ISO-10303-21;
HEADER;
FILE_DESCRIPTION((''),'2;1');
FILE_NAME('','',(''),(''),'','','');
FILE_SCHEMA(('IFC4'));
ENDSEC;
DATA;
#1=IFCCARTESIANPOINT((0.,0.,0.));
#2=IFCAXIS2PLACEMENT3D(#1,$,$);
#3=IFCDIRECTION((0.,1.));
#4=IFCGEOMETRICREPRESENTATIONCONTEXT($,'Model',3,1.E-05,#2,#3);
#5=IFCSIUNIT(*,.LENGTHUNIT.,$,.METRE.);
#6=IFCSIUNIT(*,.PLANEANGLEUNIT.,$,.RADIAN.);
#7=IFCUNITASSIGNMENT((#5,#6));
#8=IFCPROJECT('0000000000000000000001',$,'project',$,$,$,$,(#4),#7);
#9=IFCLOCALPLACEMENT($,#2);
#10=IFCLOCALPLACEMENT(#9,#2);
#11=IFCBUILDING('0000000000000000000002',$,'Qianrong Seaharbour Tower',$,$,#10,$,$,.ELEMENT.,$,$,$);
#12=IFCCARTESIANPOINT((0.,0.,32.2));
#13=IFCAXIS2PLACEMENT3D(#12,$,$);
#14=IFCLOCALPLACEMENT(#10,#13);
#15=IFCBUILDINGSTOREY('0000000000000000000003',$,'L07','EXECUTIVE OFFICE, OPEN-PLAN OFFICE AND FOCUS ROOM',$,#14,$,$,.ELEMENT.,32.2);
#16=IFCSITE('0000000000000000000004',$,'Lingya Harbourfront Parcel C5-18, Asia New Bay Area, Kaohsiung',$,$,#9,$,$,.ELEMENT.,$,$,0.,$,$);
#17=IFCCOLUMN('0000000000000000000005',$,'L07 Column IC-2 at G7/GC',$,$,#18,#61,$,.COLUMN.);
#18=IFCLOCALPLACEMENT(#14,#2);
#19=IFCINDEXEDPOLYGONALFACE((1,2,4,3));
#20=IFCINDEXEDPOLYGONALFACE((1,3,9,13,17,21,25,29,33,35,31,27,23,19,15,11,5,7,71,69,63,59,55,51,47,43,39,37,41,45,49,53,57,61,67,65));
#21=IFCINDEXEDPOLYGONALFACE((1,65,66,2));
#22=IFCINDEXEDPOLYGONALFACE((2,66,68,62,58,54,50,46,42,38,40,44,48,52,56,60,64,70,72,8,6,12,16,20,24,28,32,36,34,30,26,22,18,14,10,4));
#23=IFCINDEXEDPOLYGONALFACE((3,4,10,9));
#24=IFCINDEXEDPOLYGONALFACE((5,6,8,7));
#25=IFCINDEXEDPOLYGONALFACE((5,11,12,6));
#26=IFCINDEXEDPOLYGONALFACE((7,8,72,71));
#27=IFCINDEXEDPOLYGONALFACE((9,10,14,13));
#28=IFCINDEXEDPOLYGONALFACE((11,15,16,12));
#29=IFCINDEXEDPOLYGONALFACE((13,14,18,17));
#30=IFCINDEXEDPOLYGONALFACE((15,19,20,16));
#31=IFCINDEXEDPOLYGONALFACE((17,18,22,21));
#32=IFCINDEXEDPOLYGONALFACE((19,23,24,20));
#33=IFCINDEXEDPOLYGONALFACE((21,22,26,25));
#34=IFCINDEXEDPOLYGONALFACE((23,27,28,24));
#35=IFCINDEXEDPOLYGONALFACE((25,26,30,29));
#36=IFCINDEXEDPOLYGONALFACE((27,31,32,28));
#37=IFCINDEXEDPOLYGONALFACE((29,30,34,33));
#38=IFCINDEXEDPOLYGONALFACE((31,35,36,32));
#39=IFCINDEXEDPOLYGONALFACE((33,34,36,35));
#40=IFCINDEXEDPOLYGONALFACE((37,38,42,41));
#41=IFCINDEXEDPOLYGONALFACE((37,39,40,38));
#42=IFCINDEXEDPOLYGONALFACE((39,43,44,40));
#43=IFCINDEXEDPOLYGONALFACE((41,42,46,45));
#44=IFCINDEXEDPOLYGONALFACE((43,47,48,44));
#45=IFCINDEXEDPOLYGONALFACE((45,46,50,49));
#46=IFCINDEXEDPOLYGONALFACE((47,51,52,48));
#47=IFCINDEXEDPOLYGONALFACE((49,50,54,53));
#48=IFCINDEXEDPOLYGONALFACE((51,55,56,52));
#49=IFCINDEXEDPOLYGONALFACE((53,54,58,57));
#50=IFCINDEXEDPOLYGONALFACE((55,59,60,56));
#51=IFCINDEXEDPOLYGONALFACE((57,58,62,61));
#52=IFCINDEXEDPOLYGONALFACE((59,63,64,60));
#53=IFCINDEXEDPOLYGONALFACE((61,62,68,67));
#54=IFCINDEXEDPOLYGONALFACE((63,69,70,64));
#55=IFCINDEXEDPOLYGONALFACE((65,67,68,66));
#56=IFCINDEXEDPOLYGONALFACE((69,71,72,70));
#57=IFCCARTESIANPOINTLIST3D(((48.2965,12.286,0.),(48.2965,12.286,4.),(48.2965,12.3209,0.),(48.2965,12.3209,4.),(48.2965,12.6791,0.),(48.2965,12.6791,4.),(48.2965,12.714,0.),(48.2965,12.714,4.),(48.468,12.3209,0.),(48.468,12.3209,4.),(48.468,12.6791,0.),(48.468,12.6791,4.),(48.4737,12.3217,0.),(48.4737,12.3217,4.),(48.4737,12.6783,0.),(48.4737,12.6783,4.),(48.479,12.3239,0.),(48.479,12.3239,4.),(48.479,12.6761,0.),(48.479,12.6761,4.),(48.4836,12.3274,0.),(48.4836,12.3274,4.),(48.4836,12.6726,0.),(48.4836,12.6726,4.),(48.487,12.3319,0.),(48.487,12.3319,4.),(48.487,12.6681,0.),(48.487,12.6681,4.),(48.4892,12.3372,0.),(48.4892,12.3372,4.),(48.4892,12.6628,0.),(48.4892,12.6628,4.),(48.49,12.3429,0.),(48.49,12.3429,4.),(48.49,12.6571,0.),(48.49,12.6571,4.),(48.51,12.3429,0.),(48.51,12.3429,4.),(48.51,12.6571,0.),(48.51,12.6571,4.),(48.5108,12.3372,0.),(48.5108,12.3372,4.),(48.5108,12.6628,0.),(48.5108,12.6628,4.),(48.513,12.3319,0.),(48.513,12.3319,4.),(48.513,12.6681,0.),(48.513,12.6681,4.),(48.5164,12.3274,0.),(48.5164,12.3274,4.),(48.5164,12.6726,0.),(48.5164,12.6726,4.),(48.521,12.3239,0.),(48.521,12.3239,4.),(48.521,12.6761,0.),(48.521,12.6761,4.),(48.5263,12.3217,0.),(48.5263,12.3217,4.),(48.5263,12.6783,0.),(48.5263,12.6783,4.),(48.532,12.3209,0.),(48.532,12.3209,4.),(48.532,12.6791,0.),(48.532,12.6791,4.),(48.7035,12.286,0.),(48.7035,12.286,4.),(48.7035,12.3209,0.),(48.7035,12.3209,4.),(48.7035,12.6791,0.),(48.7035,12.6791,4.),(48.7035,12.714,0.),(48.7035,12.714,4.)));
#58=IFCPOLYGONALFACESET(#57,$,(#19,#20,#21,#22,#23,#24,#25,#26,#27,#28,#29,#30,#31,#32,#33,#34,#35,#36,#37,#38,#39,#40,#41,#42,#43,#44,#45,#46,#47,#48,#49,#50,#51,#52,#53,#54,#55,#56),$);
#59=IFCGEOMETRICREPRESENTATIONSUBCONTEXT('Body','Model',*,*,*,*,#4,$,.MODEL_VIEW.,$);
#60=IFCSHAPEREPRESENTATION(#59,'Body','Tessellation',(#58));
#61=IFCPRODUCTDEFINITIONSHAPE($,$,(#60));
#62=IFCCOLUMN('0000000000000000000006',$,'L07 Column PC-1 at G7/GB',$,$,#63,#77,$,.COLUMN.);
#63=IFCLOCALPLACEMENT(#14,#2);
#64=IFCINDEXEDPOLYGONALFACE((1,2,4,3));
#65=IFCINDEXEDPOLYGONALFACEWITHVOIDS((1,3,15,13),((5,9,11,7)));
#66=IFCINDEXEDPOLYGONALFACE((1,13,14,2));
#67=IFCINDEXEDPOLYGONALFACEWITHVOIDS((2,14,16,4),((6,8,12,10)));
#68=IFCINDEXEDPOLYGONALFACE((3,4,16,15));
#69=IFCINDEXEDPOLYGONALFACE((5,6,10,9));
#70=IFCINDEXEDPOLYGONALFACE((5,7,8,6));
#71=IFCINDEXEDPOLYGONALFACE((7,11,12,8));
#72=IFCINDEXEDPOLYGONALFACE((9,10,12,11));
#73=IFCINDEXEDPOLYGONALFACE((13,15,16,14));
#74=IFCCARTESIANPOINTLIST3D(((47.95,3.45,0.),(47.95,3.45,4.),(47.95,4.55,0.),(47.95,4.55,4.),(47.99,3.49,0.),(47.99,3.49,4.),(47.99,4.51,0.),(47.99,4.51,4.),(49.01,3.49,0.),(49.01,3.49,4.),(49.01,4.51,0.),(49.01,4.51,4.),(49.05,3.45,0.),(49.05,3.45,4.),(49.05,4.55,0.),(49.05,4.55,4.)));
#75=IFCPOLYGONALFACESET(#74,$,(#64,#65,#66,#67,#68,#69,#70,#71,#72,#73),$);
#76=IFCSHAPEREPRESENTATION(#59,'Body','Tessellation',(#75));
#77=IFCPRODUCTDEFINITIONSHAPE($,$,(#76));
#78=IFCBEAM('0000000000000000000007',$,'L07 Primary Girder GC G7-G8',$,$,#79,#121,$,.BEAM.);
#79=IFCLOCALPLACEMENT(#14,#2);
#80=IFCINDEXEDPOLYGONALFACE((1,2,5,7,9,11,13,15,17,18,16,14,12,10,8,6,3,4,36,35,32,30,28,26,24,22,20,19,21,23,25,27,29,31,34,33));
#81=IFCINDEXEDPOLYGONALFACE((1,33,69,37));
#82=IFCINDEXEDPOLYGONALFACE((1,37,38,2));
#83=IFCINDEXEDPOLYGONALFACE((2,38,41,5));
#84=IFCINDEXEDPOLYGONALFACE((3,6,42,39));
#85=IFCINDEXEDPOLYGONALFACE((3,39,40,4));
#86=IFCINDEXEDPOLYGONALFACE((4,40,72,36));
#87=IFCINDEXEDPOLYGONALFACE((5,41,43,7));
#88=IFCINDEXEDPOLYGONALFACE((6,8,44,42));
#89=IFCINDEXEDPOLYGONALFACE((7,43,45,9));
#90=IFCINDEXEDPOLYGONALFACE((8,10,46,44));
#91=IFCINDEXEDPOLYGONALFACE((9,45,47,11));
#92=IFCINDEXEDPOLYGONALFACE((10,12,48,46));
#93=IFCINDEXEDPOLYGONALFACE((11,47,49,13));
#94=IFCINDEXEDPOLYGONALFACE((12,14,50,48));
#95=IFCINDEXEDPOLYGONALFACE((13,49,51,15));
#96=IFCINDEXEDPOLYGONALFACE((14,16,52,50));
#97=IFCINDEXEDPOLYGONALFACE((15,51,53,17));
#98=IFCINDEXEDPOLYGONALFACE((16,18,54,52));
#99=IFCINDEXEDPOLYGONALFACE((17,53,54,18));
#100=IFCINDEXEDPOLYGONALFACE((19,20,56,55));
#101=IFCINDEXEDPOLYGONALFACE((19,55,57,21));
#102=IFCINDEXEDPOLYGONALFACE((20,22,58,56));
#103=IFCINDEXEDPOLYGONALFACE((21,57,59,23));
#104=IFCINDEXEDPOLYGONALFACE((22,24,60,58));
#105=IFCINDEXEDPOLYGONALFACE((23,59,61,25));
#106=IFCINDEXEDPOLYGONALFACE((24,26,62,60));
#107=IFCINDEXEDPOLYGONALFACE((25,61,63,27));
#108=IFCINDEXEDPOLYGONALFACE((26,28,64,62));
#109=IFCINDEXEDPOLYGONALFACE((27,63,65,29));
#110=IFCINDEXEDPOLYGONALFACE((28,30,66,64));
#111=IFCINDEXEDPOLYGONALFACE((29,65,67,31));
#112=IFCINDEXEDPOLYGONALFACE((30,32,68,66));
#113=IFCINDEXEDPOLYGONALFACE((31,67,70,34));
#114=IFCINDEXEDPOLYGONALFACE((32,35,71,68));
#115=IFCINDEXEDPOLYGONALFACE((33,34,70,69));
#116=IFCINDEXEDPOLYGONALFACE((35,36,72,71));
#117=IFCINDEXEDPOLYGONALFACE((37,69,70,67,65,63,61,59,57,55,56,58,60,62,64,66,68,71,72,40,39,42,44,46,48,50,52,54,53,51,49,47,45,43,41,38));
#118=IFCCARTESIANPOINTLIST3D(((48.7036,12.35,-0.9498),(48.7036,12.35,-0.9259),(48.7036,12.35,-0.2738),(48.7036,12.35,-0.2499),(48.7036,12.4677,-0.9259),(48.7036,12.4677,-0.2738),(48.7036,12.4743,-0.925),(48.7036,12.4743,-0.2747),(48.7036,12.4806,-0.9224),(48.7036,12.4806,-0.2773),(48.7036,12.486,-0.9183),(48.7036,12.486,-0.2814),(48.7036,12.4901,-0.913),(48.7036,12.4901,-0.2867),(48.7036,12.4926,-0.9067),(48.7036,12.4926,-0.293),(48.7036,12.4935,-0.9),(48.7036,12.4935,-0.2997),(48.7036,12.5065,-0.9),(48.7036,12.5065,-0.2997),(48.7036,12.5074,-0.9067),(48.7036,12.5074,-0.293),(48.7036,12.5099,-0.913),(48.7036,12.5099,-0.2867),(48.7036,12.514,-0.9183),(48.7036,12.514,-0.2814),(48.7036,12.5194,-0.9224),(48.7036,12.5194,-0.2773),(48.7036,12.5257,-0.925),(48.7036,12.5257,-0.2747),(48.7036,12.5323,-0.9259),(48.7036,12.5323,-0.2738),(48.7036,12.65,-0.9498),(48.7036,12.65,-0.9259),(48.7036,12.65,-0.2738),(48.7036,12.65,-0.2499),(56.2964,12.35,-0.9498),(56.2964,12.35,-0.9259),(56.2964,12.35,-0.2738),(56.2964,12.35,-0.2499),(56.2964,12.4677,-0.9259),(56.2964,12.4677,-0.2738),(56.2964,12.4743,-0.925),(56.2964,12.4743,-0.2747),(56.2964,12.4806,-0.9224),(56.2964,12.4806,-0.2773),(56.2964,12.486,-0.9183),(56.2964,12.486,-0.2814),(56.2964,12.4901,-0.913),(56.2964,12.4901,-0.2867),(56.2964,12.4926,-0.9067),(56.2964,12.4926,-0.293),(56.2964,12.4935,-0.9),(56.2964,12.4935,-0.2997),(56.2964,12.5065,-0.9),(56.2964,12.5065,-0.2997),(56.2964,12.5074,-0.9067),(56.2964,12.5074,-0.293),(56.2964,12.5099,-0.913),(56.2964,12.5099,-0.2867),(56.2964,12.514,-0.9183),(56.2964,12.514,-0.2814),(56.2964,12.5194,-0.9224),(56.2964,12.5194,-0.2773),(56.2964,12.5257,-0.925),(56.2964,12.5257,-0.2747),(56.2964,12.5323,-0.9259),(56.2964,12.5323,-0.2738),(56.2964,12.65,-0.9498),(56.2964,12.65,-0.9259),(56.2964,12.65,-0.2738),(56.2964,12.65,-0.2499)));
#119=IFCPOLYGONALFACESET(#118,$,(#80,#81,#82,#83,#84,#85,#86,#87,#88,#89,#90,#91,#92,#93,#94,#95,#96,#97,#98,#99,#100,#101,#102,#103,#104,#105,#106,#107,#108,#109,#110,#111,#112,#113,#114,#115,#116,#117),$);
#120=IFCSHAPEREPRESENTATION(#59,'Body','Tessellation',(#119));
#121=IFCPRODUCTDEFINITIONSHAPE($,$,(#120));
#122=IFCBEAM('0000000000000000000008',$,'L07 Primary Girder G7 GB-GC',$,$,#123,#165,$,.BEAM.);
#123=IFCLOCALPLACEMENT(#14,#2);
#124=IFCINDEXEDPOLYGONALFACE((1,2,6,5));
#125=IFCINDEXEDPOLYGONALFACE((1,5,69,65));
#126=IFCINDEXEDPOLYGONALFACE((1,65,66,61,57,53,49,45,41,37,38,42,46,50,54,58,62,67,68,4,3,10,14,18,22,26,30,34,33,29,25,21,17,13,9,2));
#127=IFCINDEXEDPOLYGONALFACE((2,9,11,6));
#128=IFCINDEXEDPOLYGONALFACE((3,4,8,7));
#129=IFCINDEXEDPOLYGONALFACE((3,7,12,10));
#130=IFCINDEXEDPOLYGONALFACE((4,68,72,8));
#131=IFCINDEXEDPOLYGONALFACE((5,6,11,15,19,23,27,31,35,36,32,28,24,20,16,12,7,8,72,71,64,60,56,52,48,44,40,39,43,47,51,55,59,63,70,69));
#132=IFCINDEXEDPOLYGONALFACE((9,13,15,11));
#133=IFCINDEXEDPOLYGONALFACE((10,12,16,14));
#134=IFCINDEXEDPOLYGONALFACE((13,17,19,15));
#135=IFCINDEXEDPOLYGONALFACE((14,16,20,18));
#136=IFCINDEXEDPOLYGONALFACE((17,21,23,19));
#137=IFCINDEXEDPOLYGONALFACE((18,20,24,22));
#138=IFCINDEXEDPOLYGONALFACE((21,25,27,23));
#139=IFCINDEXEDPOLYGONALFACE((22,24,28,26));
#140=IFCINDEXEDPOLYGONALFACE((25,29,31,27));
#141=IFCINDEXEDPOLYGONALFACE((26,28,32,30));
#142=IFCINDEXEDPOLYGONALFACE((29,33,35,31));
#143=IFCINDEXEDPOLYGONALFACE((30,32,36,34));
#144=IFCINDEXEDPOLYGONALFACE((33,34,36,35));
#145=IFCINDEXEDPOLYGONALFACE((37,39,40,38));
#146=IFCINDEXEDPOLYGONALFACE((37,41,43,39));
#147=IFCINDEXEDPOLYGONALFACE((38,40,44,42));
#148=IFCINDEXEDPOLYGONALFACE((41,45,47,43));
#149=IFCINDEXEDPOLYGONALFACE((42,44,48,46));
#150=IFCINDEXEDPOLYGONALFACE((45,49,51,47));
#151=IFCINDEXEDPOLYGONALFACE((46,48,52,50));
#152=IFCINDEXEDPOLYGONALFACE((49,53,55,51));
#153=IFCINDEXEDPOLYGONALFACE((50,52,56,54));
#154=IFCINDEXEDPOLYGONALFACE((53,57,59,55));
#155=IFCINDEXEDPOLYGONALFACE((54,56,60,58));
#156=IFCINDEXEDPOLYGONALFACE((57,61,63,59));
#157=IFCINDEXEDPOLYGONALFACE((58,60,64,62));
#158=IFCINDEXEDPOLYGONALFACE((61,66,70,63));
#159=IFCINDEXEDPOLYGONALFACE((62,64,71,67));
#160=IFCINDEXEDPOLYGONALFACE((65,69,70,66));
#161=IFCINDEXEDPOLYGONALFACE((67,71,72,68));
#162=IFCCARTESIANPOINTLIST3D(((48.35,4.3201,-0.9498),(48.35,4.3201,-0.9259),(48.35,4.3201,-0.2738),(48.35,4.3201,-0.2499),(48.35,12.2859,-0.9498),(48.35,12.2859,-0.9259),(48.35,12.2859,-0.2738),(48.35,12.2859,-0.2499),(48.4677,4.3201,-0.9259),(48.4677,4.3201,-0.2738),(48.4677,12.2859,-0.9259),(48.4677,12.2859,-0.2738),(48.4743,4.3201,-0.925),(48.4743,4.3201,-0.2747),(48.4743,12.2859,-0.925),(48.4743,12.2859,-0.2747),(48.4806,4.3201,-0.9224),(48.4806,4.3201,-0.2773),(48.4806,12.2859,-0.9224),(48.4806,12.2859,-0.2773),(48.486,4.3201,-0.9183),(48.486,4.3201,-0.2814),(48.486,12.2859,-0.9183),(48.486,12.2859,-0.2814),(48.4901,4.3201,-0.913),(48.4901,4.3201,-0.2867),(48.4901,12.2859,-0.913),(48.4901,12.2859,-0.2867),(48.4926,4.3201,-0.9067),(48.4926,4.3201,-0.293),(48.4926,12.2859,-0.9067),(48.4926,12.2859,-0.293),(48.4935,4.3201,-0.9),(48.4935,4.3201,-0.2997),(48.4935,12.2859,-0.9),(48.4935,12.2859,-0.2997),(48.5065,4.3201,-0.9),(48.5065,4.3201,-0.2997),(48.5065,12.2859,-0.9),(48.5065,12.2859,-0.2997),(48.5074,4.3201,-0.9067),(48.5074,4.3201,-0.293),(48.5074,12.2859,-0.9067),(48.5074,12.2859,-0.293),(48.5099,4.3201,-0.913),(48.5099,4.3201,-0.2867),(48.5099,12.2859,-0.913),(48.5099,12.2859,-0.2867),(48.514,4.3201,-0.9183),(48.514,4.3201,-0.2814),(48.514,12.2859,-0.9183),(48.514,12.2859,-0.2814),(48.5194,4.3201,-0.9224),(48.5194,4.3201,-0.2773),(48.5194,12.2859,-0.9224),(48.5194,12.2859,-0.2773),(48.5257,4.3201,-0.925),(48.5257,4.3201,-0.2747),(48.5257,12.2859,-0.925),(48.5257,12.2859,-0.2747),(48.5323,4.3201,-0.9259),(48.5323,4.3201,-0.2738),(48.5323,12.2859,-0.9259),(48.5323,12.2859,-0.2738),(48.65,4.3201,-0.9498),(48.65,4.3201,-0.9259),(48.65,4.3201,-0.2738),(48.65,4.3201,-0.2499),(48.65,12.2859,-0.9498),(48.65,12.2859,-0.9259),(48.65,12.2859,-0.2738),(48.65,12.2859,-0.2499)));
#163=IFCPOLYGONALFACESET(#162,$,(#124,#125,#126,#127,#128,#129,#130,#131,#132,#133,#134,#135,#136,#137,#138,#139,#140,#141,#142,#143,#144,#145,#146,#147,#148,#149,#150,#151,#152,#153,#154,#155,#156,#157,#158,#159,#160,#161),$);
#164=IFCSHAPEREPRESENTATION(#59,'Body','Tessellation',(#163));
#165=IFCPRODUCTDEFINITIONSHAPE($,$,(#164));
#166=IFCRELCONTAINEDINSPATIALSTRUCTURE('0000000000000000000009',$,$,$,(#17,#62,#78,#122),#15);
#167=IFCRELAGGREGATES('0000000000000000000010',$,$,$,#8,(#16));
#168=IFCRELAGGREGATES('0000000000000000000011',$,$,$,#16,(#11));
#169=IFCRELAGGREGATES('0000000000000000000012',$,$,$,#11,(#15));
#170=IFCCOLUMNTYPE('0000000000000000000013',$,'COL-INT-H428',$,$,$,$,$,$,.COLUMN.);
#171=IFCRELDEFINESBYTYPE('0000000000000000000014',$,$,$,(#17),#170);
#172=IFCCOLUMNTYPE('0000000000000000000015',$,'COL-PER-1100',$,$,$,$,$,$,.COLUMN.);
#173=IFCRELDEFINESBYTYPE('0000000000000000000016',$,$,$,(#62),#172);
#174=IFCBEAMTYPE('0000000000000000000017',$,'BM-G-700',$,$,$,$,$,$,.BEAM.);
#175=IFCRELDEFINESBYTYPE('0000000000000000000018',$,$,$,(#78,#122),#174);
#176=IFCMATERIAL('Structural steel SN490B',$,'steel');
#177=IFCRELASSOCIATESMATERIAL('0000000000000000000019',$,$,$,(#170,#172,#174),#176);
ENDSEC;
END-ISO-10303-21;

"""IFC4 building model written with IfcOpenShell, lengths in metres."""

from ifc_helpers import new_model, si_unit, direction, frame, origin, origin_2d, place, context, subcontext, project, spatial, hollow_rectangle, i_section, extrude, material, material_profile, profile_set, type_object, element, save


model = new_model("IFC4")

# Units and contexts
model_context = context("Model", 3, precision=1e-05, world=origin(), true_north=direction((0.0, 1.0)))
body_context = subcontext(model_context, "Body", "Model", "MODEL_VIEW")
ifc_project = project(units=[si_unit("LENGTHUNIT", "METRE"), si_unit("PLANEANGLEUNIT", "RADIAN")], contexts=[model_context])

# Site, building, storey
site_placement = place(None, origin())
site = spatial("IfcSite", under=ifc_project, at=site_placement, Name="Lingya Harbourfront Parcel C5-18, Asia New Bay Area, Kaohsiung", CompositionType="ELEMENT", RefElevation=0.0)
building_placement = place(site_placement, origin())
building = spatial("IfcBuilding", under=site, at=building_placement, Name="Qianrong Seaharbour Tower", CompositionType="ELEMENT")
storey_placement = place(building_placement, frame((0.0, 0.0, 32.2)))
storey = spatial("IfcBuildingStorey", under=building, at=storey_placement, Name="L07", Description="EXECUTIVE OFFICE, OPEN-PLAN OFFICE AND FOCUS ROOM", CompositionType="ELEMENT", Elevation=32.2)

# Columns
ifc_material_1 = material(Name="Structural steel SN490B", Category="steel")
ifc_material_profile_1 = material_profile(ifc_material_1, i_section(OverallWidth=0.407, OverallDepth=0.428, WebThickness=0.02, FlangeThickness=0.0349, FilletRadius=0.022, at=origin_2d()), Name="H428x407x20x35")
ifc_profile_set_1 = profile_set([ifc_material_profile_1], Name="Structural steel SN490B")
column_type_1 = type_object("IfcColumnType", Name="COL-INT-H428", PredefinedType="COLUMN", material=ifc_profile_set_1)
column_1_placement = place(storey_placement, frame((48.5, 12.5, 0.0), z_axis=(0.0, 0.0, 1.0), x_axis=(1.0, 0.0, 0.0)))
element("IfcColumn", 1, at=column_1_placement, inside=storey, type_object=column_type_1, Name="L07 Column IC-2 at G7/GC", PredefinedType="COLUMN", context=body_context, shape_type="SweptSolid", body=[
    extrude(i_section(OverallWidth=0.407, OverallDepth=0.428, WebThickness=0.02, FlangeThickness=0.0349, FilletRadius=0.022, at=origin_2d()), origin(), (0.0, 0.0, 1.0), 4.0),
])
ifc_material_profile_2 = material_profile(ifc_material_1, hollow_rectangle(XDim=1.1001, YDim=1.1001, WallThickness=0.04, at=origin_2d()), Name="BOX1100x1100x40")
ifc_profile_set_2 = profile_set([ifc_material_profile_2], Name="Structural steel SN490B")
column_type_2 = type_object("IfcColumnType", Name="COL-PER-1100", PredefinedType="COLUMN", material=ifc_profile_set_2)
column_2_placement = place(storey_placement, frame((48.5, 4.0, 0.0), z_axis=(0.0, 0.0, 1.0), x_axis=(1.0, 0.0, 0.0)))
element("IfcColumn", 2, at=column_2_placement, inside=storey, type_object=column_type_2, Name="L07 Column PC-1 at G7/GB", PredefinedType="COLUMN", context=body_context, shape_type="SweptSolid", body=[
    extrude(hollow_rectangle(XDim=1.1001, YDim=1.1001, WallThickness=0.04, at=origin_2d()), origin(), (0.0, 0.0, 1.0), 4.0),
])

# Beams
ifc_material_profile_3 = material_profile(ifc_material_1, i_section(OverallWidth=0.3, OverallDepth=0.7, WebThickness=0.0129, FlangeThickness=0.0239, FilletRadius=0.0259, at=origin_2d()), Name="H700x300x13x24")
ifc_profile_set_3 = profile_set([ifc_material_profile_3], Name="Structural steel SN490B")
beam_type_1 = type_object("IfcBeamType", Name="BM-G-700", PredefinedType="BEAM", material=ifc_profile_set_3)
beam_1_placement = place(storey_placement, frame((48.7036, 12.5, -0.5999), z_axis=(1.0, 0.0, 0.0), x_axis=(0.0, 1.0, 0.0)))
element("IfcBeam", 3, at=beam_1_placement, inside=storey, type_object=beam_type_1, Name="L07 Primary Girder GC G7-G8", PredefinedType="BEAM", context=body_context, shape_type="SweptSolid", body=[
    extrude(i_section(OverallWidth=0.3, OverallDepth=0.7, WebThickness=0.0129, FlangeThickness=0.0239, FilletRadius=0.0259, at=origin_2d()), origin(), (0.0, 0.0, 1.0), 7.5928),
])
beam_2_placement = place(storey_placement, frame((48.5, 4.3201, -0.5999), z_axis=(0.0, 1.0, 0.0), x_axis=(-1.0, 0.0, 0.0)))
element("IfcBeam", 4, at=beam_2_placement, inside=storey, type_object=beam_type_1, Name="L07 Primary Girder G7 GB-GC", PredefinedType="BEAM", context=body_context, shape_type="SweptSolid", body=[
    extrude(i_section(OverallWidth=0.3, OverallDepth=0.7, WebThickness=0.0129, FlangeThickness=0.0239, FilletRadius=0.0259, at=origin_2d()), origin(), (0.0, 0.0, 1.0), 7.9658),
])

save(model, "model.ifc")
